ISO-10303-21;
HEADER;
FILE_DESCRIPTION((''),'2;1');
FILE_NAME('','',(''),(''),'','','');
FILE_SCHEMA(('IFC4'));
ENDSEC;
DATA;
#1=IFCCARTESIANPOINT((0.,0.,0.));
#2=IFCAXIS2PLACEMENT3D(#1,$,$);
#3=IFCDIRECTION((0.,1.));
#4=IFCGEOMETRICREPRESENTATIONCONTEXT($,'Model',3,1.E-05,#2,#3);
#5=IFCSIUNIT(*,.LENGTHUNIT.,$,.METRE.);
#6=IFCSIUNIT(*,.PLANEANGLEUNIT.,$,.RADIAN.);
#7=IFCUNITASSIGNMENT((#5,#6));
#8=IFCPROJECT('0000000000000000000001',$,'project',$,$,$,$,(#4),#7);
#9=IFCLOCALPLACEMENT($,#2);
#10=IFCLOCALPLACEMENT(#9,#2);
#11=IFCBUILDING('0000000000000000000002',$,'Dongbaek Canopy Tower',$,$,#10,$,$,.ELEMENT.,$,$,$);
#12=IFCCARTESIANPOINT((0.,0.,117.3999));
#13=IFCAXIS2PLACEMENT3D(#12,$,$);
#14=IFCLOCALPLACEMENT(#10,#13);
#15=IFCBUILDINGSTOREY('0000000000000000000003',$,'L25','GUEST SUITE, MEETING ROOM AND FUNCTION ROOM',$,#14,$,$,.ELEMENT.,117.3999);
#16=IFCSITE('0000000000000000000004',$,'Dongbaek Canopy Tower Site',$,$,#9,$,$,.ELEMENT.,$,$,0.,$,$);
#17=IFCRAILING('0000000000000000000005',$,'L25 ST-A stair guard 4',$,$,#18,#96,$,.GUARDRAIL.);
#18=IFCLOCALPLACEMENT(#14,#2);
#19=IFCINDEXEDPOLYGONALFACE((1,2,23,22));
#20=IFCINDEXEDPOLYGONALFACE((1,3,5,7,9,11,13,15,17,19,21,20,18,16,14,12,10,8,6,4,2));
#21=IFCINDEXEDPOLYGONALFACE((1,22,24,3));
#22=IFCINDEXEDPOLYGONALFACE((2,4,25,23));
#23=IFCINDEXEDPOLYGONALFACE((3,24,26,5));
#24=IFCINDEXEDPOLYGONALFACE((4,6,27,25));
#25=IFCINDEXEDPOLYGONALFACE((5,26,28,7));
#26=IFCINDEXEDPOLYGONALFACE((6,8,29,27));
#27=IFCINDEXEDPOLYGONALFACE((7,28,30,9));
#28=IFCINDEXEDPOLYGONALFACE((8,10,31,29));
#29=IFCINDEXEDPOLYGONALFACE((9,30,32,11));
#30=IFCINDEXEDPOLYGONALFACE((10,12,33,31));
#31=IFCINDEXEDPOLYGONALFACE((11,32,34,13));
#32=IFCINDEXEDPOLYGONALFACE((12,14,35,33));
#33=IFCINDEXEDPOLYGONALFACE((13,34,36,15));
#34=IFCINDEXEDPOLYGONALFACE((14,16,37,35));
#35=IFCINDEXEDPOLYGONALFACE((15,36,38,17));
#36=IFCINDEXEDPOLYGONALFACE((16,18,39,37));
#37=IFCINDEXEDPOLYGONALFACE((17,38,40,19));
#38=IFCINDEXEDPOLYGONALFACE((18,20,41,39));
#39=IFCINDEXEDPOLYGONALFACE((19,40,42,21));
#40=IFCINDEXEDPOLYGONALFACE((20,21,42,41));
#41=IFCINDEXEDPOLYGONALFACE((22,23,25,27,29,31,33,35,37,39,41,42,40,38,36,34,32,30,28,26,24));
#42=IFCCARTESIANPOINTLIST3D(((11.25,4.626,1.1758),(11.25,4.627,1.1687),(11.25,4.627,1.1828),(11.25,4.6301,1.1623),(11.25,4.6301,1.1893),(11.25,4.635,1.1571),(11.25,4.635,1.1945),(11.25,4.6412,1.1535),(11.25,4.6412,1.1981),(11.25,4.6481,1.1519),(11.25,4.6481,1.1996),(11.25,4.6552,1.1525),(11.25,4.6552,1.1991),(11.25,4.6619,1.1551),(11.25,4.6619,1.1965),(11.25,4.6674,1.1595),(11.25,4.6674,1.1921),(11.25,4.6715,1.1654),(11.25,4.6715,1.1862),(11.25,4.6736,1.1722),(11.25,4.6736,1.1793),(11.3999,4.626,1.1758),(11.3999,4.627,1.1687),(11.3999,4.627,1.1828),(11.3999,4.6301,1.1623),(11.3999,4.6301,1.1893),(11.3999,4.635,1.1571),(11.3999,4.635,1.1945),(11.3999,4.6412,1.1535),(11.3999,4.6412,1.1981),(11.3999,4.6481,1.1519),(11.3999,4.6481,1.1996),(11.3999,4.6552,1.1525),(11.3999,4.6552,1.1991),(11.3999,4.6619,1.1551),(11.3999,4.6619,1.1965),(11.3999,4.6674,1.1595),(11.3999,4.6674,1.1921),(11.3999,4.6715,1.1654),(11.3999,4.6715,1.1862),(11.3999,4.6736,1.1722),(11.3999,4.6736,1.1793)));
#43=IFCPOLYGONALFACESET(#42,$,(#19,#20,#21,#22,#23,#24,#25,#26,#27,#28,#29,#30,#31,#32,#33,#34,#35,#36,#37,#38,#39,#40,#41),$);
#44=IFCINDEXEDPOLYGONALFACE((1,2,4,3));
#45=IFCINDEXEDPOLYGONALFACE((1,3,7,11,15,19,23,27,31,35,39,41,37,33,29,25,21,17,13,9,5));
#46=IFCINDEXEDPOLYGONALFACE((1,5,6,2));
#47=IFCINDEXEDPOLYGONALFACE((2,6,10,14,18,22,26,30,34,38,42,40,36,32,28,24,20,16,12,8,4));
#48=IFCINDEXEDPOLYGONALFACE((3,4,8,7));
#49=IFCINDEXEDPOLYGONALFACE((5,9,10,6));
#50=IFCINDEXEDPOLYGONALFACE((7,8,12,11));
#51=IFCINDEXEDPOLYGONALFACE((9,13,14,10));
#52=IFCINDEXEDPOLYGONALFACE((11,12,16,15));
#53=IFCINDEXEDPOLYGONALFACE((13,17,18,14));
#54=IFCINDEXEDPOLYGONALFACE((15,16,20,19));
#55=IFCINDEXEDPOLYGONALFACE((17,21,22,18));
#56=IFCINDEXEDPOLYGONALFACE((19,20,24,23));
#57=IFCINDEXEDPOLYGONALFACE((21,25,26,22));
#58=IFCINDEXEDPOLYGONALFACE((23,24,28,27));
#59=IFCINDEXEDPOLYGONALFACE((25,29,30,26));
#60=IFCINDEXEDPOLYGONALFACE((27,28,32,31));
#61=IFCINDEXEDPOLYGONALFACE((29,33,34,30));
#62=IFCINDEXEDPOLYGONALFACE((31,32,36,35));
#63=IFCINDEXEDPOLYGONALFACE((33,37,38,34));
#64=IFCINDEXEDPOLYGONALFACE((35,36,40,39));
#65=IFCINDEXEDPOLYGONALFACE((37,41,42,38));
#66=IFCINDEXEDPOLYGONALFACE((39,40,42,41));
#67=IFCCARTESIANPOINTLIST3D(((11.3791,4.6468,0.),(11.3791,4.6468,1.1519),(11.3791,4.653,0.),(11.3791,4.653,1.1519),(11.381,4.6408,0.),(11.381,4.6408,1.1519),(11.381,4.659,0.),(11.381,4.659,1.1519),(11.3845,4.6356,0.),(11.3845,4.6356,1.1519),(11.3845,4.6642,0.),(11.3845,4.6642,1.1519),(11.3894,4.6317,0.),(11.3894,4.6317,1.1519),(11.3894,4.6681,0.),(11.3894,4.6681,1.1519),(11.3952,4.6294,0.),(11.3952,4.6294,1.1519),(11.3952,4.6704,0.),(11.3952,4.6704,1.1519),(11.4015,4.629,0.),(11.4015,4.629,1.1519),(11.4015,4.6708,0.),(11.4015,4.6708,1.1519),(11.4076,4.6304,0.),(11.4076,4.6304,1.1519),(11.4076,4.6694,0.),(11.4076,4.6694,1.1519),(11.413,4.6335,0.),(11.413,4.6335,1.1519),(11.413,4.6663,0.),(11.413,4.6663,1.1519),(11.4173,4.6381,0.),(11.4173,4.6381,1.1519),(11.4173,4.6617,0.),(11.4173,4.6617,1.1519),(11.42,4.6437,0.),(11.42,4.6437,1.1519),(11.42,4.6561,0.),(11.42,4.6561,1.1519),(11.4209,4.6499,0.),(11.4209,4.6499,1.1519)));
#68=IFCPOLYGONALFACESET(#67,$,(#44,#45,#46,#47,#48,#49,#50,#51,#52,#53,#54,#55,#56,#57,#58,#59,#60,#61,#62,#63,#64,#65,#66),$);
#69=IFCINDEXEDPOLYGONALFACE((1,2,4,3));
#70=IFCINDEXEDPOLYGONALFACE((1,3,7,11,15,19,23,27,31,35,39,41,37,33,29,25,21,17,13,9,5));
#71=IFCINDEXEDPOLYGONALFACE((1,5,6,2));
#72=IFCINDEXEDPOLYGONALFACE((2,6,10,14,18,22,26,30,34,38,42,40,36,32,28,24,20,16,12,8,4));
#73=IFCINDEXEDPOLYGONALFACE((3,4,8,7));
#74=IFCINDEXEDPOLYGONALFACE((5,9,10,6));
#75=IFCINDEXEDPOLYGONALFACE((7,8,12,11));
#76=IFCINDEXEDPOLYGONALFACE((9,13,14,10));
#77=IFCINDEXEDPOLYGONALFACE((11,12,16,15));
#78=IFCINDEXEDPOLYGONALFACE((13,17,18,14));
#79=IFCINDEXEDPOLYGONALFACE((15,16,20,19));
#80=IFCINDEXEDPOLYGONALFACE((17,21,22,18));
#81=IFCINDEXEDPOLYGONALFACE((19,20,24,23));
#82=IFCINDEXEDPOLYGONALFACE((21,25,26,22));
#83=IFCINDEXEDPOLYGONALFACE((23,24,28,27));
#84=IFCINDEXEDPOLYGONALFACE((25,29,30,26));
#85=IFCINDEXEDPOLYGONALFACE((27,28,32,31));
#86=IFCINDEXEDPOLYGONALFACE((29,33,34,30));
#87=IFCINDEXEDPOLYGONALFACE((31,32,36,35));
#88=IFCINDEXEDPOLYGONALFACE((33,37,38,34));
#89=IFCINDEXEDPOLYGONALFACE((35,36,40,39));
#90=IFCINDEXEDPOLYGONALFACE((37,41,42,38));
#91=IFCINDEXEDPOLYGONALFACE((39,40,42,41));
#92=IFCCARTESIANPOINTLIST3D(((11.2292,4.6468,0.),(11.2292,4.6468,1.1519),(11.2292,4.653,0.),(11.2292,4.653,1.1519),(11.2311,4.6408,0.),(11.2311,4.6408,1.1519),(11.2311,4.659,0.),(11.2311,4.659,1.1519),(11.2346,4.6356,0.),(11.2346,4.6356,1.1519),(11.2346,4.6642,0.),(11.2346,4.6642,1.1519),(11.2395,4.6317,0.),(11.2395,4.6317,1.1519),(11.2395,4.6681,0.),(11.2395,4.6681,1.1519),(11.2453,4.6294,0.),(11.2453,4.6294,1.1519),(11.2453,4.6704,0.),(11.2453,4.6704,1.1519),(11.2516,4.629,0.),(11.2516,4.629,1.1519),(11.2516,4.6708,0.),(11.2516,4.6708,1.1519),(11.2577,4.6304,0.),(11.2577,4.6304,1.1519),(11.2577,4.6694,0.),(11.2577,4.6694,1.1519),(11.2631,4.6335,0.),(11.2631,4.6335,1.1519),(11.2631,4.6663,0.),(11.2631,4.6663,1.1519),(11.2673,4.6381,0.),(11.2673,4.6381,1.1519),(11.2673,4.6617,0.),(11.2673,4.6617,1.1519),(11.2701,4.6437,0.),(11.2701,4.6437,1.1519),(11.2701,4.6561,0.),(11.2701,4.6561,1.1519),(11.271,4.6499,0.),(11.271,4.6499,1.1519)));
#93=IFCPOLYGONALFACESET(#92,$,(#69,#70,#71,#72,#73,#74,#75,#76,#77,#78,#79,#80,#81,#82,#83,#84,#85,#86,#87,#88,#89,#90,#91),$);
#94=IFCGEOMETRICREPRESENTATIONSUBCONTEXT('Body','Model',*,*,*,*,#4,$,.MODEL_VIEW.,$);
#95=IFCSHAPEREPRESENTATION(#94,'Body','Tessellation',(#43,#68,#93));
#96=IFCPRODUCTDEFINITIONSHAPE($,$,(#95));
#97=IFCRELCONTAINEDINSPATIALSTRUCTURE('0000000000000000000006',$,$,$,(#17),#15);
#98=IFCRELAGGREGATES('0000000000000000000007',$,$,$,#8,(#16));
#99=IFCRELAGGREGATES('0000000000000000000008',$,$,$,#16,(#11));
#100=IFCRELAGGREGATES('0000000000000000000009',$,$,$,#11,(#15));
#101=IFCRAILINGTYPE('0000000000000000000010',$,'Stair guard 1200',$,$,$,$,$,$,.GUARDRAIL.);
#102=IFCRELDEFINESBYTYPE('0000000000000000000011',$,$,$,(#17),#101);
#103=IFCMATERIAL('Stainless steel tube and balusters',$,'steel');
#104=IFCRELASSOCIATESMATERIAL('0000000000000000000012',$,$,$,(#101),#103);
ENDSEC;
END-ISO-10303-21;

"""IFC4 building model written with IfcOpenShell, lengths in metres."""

from ifc_helpers import new_model, si_unit, direction, frame, origin, origin_2d, place, context, subcontext, project, spatial, circle, extrude, material, type_object, element, save


model = new_model("IFC4")

# Units and contexts
model_context = context("Model", 3, precision=1e-05, world=origin(), true_north=direction((0.0, 1.0)))
body_context = subcontext(model_context, "Body", "Model", "MODEL_VIEW")
ifc_project = project(units=[si_unit("LENGTHUNIT", "METRE"), si_unit("PLANEANGLEUNIT", "RADIAN")], contexts=[model_context])

# Site, building, storey
site_placement = place(None, origin())
site = spatial("IfcSite", under=ifc_project, at=site_placement, Name="Dongbaek Canopy Tower Site", CompositionType="ELEMENT", RefElevation=0.0)
building_placement = place(site_placement, origin())
building = spatial("IfcBuilding", under=site, at=building_placement, Name="Dongbaek Canopy Tower", CompositionType="ELEMENT")
storey_placement = place(building_placement, frame((0.0, 0.0, 117.3999)))
storey = spatial("IfcBuildingStorey", under=building, at=storey_placement, Name="L25", Description="GUEST SUITE, MEETING ROOM AND FUNCTION ROOM", CompositionType="ELEMENT", Elevation=117.3999)

# Railing
ifc_material_1 = material(Name="Stainless steel tube and balusters", Category="steel")
railing_type = type_object("IfcRailingType", Name="Stair guard 1200", PredefinedType="GUARDRAIL", material=ifc_material_1)
railing_1_placement = place(storey_placement, frame((11.3999, 4.6499, 0.0)))
element("IfcRailing", 1, at=railing_1_placement, inside=storey, type_object=railing_type, Name="L25 ST-A stair guard 4", PredefinedType="GUARDRAIL", context=body_context, shape_type="SweptSolid", body=[
    extrude(circle(Radius=0.0239, at=origin_2d()), frame((0.0, 0.0, 1.1758), z_axis=(-1.0, 0.0, 0.0), x_axis=(0.0, -1.0, 0.0)), (0.0, 0.0, 1.0), 0.1499),
    extrude(circle(Radius=0.021, at=origin_2d()), origin(), (0.0, 0.0, 1.0), 1.1519),
    extrude(circle(Radius=0.021, at=origin_2d()), frame((-0.1499, 0.0, 0.0)), (0.0, 0.0, 1.0), 1.1519),
])

save(model, "model.ifc")
